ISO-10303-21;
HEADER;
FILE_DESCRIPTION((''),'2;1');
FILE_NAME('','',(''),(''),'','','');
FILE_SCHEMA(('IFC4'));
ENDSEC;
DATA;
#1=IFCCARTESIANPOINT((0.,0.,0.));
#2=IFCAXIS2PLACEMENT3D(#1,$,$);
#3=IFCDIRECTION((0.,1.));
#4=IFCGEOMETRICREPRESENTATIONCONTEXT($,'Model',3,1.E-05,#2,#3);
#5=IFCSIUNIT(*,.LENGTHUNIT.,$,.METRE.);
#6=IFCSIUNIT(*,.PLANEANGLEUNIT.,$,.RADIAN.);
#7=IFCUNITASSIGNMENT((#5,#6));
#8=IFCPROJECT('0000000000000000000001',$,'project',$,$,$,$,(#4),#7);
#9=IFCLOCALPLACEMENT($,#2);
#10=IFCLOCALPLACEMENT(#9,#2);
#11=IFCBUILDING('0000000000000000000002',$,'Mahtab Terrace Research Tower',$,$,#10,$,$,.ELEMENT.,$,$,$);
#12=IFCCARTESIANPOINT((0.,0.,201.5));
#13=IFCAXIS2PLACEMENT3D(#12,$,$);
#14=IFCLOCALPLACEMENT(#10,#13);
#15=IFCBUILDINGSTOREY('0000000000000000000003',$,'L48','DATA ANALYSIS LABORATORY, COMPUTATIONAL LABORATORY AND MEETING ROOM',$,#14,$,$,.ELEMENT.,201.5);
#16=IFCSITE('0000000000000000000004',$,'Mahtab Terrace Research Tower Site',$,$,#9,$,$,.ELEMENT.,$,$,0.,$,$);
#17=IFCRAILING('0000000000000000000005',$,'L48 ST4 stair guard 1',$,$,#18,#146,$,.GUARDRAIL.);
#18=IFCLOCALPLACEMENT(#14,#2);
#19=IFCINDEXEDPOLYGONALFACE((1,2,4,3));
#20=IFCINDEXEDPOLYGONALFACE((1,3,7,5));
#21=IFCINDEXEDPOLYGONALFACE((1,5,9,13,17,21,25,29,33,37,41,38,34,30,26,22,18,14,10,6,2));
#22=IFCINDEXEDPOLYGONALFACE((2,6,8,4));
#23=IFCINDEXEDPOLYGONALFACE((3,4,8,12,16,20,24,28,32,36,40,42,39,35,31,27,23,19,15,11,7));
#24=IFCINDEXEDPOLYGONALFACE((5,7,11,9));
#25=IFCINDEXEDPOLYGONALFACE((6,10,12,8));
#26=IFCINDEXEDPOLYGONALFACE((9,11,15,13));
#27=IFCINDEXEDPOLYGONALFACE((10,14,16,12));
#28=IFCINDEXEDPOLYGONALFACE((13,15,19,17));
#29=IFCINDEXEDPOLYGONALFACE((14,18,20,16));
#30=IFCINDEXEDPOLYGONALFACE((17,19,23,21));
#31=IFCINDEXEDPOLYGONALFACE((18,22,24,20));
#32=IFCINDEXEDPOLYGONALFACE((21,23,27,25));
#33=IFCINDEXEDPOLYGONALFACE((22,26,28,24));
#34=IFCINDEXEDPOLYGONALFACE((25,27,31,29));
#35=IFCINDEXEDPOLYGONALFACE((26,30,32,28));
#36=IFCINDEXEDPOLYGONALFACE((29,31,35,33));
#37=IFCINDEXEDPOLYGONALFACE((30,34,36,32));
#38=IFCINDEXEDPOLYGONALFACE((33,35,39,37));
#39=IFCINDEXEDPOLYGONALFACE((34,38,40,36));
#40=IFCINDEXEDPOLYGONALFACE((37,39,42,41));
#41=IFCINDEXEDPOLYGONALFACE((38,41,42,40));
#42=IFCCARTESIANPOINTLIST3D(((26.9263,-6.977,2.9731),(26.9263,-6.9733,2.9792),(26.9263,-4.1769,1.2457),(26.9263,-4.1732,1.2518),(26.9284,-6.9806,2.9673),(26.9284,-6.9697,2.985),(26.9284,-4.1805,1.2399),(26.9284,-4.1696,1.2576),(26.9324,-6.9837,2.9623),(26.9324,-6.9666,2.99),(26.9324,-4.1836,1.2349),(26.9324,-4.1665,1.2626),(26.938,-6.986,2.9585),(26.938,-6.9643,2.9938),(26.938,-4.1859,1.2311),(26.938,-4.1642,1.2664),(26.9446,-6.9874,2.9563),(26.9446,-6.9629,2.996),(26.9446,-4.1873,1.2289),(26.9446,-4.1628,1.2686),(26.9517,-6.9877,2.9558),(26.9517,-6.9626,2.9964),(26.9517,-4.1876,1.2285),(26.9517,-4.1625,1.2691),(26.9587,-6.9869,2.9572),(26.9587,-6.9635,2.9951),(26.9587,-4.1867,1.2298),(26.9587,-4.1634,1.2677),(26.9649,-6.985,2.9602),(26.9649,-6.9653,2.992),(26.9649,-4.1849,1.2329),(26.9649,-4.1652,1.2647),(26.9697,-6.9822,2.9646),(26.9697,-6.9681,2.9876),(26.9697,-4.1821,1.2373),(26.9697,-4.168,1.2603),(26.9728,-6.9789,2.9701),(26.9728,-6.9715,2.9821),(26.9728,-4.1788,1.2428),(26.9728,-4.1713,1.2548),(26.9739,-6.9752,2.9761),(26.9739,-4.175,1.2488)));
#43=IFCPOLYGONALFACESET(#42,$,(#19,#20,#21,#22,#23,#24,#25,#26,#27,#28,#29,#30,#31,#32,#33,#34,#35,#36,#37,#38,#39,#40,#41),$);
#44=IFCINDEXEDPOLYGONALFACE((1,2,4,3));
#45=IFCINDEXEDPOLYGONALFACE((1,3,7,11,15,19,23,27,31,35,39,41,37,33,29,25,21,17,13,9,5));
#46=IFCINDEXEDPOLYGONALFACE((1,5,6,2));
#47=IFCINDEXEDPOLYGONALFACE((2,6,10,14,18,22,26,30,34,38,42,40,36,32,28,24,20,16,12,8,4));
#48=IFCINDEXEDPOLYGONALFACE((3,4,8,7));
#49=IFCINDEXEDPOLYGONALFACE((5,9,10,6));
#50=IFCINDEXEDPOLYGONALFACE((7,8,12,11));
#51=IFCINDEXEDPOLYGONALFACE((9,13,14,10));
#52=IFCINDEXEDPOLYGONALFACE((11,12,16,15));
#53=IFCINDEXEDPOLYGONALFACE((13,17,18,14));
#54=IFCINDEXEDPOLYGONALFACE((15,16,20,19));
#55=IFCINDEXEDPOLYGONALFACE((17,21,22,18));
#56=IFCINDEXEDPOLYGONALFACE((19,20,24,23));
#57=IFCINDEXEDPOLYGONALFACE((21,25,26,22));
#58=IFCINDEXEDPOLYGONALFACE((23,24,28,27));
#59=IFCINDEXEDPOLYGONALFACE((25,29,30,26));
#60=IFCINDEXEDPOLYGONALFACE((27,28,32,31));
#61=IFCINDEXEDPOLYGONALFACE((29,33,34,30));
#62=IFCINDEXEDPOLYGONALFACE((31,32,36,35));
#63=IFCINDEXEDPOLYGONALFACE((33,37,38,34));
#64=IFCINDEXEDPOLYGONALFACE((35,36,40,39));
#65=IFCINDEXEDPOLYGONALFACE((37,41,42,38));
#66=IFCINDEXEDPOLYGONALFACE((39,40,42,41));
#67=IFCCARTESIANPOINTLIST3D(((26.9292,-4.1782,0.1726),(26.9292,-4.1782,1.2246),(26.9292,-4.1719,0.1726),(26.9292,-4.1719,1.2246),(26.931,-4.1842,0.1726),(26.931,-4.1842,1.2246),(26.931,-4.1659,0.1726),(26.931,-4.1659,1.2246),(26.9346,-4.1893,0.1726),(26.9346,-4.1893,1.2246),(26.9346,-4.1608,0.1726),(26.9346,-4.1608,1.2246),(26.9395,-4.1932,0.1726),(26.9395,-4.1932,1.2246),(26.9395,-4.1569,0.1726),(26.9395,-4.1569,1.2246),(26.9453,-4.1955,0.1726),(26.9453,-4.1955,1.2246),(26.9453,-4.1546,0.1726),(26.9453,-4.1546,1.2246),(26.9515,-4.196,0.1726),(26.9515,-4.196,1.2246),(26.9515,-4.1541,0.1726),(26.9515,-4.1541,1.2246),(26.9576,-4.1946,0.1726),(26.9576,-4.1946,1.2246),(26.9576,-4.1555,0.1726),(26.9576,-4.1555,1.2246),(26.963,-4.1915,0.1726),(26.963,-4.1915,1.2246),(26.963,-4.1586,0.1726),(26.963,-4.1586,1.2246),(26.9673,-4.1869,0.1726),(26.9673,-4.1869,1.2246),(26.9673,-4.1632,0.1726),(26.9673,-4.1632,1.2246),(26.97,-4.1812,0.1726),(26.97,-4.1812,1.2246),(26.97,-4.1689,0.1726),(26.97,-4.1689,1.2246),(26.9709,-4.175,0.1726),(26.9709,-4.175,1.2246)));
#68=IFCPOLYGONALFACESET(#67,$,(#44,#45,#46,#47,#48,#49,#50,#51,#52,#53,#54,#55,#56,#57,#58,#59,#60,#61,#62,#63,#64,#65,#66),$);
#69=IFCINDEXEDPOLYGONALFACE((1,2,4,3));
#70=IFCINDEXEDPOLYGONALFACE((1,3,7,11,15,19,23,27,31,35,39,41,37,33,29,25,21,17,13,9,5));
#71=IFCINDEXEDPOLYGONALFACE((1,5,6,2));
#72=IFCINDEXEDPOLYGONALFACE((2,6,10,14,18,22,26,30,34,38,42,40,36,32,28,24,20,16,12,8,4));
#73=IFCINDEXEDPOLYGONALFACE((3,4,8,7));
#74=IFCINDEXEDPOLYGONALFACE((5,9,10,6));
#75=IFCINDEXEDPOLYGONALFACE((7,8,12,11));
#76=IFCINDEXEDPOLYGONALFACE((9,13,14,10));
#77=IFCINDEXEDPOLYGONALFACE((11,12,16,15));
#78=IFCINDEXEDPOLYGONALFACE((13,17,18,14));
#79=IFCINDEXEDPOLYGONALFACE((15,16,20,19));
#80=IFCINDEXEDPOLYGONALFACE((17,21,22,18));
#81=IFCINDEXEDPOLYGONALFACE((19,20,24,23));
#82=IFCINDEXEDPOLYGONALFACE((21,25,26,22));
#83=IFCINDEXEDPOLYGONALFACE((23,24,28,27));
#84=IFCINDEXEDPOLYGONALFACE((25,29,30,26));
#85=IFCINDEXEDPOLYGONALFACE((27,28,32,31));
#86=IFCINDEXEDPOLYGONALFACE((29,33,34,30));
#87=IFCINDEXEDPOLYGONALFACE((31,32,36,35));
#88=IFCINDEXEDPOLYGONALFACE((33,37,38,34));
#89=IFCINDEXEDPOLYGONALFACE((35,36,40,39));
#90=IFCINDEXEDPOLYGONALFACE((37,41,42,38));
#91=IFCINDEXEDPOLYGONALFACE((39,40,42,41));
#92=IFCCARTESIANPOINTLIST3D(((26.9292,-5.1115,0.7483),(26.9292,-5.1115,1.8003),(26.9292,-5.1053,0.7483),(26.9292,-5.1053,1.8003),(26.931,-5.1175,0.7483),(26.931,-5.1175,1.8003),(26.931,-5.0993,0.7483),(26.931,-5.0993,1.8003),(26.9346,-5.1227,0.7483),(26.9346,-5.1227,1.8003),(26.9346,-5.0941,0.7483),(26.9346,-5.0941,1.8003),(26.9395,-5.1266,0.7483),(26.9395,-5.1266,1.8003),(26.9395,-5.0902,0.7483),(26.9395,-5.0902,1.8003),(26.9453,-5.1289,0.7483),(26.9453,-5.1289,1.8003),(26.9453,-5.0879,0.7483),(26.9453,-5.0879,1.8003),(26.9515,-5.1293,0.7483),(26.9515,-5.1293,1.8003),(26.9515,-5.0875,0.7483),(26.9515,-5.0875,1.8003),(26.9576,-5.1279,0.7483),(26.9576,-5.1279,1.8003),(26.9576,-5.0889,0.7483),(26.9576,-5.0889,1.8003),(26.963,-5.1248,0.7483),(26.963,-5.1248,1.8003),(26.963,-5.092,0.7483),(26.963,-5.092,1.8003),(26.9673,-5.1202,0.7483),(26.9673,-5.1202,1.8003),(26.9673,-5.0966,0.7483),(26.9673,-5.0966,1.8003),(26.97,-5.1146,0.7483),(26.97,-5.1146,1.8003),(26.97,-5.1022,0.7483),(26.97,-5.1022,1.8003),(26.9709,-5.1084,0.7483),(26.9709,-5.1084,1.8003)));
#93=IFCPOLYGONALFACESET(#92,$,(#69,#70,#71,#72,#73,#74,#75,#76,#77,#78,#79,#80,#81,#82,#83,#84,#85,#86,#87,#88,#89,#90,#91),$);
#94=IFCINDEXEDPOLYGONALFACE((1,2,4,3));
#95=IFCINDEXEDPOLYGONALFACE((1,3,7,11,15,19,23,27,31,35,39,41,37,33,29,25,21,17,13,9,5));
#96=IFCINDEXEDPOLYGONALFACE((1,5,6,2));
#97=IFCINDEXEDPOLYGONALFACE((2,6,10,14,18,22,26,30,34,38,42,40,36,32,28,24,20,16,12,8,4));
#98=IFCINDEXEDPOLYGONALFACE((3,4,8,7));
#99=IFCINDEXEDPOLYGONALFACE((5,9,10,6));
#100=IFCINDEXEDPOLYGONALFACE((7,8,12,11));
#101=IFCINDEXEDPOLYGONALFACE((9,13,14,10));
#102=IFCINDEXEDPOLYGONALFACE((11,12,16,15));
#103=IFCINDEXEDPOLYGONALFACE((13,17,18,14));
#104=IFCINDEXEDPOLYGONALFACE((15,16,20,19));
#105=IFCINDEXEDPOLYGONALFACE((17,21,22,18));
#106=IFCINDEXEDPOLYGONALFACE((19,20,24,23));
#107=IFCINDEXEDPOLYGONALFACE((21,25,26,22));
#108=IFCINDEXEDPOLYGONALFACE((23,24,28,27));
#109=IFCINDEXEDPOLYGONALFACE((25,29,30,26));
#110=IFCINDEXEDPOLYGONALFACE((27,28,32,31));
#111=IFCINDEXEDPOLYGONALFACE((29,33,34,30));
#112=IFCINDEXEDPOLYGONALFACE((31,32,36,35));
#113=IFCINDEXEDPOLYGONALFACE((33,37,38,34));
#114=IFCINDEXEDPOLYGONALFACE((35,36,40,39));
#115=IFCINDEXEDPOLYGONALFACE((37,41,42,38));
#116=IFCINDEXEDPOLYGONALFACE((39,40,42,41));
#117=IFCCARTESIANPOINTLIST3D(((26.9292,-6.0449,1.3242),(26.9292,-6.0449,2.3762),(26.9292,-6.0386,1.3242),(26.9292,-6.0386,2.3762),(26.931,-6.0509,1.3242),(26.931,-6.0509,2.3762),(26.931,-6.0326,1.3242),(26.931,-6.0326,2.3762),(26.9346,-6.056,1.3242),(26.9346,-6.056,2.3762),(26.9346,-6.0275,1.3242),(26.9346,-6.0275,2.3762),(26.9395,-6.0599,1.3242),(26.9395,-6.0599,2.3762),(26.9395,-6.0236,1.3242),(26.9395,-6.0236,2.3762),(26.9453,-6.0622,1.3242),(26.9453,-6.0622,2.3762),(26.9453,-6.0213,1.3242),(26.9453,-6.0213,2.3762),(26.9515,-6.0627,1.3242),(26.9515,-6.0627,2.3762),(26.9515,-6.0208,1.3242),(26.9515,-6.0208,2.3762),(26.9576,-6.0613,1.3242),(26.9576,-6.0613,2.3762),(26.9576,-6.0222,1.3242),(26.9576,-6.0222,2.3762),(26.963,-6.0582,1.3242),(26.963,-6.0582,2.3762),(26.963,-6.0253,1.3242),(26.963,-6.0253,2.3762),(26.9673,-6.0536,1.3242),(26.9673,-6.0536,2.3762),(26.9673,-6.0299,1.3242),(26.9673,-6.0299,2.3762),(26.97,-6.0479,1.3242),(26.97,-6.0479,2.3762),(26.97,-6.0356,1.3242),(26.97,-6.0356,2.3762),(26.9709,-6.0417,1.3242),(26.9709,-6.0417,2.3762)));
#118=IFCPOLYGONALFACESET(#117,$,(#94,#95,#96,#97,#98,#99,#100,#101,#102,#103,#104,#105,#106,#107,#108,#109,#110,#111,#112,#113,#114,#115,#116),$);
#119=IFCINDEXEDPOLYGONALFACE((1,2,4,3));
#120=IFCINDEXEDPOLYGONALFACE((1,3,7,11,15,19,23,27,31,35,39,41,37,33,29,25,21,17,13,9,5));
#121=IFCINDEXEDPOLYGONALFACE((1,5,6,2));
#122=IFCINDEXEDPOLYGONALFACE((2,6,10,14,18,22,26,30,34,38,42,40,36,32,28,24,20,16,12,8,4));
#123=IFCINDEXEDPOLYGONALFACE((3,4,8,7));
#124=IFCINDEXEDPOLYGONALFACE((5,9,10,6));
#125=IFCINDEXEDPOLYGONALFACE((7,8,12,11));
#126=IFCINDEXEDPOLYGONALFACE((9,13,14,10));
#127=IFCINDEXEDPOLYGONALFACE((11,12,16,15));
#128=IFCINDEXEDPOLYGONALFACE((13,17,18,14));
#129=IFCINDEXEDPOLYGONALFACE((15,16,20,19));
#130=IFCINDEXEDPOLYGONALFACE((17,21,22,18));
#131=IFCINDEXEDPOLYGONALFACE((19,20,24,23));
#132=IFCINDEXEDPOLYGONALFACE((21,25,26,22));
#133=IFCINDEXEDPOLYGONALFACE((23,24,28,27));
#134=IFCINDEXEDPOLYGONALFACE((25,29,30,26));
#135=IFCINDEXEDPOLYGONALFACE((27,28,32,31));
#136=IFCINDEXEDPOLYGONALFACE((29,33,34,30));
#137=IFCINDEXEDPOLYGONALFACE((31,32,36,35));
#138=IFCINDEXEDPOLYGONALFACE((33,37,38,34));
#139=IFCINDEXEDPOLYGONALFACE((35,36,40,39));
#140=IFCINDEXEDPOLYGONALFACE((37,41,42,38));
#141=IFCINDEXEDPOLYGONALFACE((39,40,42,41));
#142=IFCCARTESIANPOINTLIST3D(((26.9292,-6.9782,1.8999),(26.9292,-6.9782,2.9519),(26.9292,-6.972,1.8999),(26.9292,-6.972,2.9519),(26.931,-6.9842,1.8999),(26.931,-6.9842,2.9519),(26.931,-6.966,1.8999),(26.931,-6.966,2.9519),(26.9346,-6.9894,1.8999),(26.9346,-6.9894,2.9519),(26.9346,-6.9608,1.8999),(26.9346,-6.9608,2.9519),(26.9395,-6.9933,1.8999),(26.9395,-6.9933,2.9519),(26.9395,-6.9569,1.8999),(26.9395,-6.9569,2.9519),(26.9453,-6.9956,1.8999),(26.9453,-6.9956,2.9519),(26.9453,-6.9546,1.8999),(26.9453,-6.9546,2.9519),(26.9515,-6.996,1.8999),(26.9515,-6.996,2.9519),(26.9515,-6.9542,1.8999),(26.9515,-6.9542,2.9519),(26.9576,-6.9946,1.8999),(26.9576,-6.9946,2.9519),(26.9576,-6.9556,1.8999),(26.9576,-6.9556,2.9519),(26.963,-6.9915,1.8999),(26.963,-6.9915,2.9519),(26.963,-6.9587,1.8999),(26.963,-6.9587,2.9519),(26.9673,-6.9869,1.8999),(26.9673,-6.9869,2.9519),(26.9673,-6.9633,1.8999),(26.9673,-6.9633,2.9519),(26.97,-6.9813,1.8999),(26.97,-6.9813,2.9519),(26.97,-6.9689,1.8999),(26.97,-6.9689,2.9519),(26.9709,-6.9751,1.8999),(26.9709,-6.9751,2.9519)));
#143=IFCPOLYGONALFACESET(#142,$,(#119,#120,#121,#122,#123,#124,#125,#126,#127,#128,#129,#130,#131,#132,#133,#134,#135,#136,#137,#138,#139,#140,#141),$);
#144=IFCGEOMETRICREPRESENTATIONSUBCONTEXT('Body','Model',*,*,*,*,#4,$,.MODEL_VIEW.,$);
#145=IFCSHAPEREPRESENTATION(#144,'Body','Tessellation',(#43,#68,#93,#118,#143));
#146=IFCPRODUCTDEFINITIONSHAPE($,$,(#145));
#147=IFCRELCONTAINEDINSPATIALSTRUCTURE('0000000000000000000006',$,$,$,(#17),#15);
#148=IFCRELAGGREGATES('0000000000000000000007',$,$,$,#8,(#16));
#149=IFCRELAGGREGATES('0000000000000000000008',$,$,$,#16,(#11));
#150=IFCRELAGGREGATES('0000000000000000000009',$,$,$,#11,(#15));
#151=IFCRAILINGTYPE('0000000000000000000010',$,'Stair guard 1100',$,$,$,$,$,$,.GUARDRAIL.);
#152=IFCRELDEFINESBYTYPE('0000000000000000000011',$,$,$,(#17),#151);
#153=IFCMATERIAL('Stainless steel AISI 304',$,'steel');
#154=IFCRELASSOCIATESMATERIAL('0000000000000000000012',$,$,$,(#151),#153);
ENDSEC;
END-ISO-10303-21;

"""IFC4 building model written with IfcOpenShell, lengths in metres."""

from ifc_helpers import new_model, si_unit, direction, frame, origin, origin_2d, place, context, subcontext, project, spatial, circle, extrude, material, type_object, element, save


model = new_model("IFC4")

# Units and contexts
model_context = context("Model", 3, precision=1e-05, world=origin(), true_north=direction((0.0, 1.0)))
body_context = subcontext(model_context, "Body", "Model", "MODEL_VIEW")
ifc_project = project(units=[si_unit("LENGTHUNIT", "METRE"), si_unit("PLANEANGLEUNIT", "RADIAN")], contexts=[model_context])

# Site, building, storey
site_placement = place(None, origin())
site = spatial("IfcSite", under=ifc_project, at=site_placement, Name="Mahtab Terrace Research Tower Site", CompositionType="ELEMENT", RefElevation=0.0)
building_placement = place(site_placement, origin())
building = spatial("IfcBuilding", under=site, at=building_placement, Name="Mahtab Terrace Research Tower", CompositionType="ELEMENT")
storey_placement = place(building_placement, frame((0.0, 0.0, 201.5)))
storey = spatial("IfcBuildingStorey", under=building, at=storey_placement, Name="L48", Description="DATA ANALYSIS LABORATORY, COMPUTATIONAL LABORATORY AND MEETING ROOM", CompositionType="ELEMENT", Elevation=201.5)

# Railing
ifc_material_1 = material(Name="Stainless steel AISI 304", Category="steel")
railing_type_1 = type_object("IfcRailingType", Name="Stair guard 1100", PredefinedType="GUARDRAIL", material=ifc_material_1)
railing_1_placement = place(storey_placement, frame((26.95, -4.175, 0.1726)))
element("IfcRailing", 1, at=railing_1_placement, inside=storey, type_object=railing_type_1, Name="L48 ST4 stair guard 1", PredefinedType="GUARDRAIL", context=body_context, shape_type="SweptSolid", body=[
    extrude(circle(Radius=0.0239, at=origin_2d()), frame((0.0, 0.0, 1.0762), z_axis=(0.0, -0.85109, 0.52502), x_axis=(1.0, 0.0, 0.0)), (0.0, 0.0, 1.0), 3.29),
    extrude(circle(Radius=0.021, at=origin_2d()), origin(), (0.0, 0.0, 1.0), 1.052),
    extrude(circle(Radius=0.021, at=origin_2d()), frame((0.0, -0.9333, 0.5757)), (0.0, 0.0, 1.0), 1.052),
    extrude(circle(Radius=0.021, at=origin_2d()), frame((0.0, -1.8667, 1.1516)), (0.0, 0.0, 1.0), 1.052),
    extrude(circle(Radius=0.021, at=origin_2d()), frame((0.0, -2.8, 1.7273)), (0.0, 0.0, 1.0), 1.052),
])

save(model, "model.ifc")
